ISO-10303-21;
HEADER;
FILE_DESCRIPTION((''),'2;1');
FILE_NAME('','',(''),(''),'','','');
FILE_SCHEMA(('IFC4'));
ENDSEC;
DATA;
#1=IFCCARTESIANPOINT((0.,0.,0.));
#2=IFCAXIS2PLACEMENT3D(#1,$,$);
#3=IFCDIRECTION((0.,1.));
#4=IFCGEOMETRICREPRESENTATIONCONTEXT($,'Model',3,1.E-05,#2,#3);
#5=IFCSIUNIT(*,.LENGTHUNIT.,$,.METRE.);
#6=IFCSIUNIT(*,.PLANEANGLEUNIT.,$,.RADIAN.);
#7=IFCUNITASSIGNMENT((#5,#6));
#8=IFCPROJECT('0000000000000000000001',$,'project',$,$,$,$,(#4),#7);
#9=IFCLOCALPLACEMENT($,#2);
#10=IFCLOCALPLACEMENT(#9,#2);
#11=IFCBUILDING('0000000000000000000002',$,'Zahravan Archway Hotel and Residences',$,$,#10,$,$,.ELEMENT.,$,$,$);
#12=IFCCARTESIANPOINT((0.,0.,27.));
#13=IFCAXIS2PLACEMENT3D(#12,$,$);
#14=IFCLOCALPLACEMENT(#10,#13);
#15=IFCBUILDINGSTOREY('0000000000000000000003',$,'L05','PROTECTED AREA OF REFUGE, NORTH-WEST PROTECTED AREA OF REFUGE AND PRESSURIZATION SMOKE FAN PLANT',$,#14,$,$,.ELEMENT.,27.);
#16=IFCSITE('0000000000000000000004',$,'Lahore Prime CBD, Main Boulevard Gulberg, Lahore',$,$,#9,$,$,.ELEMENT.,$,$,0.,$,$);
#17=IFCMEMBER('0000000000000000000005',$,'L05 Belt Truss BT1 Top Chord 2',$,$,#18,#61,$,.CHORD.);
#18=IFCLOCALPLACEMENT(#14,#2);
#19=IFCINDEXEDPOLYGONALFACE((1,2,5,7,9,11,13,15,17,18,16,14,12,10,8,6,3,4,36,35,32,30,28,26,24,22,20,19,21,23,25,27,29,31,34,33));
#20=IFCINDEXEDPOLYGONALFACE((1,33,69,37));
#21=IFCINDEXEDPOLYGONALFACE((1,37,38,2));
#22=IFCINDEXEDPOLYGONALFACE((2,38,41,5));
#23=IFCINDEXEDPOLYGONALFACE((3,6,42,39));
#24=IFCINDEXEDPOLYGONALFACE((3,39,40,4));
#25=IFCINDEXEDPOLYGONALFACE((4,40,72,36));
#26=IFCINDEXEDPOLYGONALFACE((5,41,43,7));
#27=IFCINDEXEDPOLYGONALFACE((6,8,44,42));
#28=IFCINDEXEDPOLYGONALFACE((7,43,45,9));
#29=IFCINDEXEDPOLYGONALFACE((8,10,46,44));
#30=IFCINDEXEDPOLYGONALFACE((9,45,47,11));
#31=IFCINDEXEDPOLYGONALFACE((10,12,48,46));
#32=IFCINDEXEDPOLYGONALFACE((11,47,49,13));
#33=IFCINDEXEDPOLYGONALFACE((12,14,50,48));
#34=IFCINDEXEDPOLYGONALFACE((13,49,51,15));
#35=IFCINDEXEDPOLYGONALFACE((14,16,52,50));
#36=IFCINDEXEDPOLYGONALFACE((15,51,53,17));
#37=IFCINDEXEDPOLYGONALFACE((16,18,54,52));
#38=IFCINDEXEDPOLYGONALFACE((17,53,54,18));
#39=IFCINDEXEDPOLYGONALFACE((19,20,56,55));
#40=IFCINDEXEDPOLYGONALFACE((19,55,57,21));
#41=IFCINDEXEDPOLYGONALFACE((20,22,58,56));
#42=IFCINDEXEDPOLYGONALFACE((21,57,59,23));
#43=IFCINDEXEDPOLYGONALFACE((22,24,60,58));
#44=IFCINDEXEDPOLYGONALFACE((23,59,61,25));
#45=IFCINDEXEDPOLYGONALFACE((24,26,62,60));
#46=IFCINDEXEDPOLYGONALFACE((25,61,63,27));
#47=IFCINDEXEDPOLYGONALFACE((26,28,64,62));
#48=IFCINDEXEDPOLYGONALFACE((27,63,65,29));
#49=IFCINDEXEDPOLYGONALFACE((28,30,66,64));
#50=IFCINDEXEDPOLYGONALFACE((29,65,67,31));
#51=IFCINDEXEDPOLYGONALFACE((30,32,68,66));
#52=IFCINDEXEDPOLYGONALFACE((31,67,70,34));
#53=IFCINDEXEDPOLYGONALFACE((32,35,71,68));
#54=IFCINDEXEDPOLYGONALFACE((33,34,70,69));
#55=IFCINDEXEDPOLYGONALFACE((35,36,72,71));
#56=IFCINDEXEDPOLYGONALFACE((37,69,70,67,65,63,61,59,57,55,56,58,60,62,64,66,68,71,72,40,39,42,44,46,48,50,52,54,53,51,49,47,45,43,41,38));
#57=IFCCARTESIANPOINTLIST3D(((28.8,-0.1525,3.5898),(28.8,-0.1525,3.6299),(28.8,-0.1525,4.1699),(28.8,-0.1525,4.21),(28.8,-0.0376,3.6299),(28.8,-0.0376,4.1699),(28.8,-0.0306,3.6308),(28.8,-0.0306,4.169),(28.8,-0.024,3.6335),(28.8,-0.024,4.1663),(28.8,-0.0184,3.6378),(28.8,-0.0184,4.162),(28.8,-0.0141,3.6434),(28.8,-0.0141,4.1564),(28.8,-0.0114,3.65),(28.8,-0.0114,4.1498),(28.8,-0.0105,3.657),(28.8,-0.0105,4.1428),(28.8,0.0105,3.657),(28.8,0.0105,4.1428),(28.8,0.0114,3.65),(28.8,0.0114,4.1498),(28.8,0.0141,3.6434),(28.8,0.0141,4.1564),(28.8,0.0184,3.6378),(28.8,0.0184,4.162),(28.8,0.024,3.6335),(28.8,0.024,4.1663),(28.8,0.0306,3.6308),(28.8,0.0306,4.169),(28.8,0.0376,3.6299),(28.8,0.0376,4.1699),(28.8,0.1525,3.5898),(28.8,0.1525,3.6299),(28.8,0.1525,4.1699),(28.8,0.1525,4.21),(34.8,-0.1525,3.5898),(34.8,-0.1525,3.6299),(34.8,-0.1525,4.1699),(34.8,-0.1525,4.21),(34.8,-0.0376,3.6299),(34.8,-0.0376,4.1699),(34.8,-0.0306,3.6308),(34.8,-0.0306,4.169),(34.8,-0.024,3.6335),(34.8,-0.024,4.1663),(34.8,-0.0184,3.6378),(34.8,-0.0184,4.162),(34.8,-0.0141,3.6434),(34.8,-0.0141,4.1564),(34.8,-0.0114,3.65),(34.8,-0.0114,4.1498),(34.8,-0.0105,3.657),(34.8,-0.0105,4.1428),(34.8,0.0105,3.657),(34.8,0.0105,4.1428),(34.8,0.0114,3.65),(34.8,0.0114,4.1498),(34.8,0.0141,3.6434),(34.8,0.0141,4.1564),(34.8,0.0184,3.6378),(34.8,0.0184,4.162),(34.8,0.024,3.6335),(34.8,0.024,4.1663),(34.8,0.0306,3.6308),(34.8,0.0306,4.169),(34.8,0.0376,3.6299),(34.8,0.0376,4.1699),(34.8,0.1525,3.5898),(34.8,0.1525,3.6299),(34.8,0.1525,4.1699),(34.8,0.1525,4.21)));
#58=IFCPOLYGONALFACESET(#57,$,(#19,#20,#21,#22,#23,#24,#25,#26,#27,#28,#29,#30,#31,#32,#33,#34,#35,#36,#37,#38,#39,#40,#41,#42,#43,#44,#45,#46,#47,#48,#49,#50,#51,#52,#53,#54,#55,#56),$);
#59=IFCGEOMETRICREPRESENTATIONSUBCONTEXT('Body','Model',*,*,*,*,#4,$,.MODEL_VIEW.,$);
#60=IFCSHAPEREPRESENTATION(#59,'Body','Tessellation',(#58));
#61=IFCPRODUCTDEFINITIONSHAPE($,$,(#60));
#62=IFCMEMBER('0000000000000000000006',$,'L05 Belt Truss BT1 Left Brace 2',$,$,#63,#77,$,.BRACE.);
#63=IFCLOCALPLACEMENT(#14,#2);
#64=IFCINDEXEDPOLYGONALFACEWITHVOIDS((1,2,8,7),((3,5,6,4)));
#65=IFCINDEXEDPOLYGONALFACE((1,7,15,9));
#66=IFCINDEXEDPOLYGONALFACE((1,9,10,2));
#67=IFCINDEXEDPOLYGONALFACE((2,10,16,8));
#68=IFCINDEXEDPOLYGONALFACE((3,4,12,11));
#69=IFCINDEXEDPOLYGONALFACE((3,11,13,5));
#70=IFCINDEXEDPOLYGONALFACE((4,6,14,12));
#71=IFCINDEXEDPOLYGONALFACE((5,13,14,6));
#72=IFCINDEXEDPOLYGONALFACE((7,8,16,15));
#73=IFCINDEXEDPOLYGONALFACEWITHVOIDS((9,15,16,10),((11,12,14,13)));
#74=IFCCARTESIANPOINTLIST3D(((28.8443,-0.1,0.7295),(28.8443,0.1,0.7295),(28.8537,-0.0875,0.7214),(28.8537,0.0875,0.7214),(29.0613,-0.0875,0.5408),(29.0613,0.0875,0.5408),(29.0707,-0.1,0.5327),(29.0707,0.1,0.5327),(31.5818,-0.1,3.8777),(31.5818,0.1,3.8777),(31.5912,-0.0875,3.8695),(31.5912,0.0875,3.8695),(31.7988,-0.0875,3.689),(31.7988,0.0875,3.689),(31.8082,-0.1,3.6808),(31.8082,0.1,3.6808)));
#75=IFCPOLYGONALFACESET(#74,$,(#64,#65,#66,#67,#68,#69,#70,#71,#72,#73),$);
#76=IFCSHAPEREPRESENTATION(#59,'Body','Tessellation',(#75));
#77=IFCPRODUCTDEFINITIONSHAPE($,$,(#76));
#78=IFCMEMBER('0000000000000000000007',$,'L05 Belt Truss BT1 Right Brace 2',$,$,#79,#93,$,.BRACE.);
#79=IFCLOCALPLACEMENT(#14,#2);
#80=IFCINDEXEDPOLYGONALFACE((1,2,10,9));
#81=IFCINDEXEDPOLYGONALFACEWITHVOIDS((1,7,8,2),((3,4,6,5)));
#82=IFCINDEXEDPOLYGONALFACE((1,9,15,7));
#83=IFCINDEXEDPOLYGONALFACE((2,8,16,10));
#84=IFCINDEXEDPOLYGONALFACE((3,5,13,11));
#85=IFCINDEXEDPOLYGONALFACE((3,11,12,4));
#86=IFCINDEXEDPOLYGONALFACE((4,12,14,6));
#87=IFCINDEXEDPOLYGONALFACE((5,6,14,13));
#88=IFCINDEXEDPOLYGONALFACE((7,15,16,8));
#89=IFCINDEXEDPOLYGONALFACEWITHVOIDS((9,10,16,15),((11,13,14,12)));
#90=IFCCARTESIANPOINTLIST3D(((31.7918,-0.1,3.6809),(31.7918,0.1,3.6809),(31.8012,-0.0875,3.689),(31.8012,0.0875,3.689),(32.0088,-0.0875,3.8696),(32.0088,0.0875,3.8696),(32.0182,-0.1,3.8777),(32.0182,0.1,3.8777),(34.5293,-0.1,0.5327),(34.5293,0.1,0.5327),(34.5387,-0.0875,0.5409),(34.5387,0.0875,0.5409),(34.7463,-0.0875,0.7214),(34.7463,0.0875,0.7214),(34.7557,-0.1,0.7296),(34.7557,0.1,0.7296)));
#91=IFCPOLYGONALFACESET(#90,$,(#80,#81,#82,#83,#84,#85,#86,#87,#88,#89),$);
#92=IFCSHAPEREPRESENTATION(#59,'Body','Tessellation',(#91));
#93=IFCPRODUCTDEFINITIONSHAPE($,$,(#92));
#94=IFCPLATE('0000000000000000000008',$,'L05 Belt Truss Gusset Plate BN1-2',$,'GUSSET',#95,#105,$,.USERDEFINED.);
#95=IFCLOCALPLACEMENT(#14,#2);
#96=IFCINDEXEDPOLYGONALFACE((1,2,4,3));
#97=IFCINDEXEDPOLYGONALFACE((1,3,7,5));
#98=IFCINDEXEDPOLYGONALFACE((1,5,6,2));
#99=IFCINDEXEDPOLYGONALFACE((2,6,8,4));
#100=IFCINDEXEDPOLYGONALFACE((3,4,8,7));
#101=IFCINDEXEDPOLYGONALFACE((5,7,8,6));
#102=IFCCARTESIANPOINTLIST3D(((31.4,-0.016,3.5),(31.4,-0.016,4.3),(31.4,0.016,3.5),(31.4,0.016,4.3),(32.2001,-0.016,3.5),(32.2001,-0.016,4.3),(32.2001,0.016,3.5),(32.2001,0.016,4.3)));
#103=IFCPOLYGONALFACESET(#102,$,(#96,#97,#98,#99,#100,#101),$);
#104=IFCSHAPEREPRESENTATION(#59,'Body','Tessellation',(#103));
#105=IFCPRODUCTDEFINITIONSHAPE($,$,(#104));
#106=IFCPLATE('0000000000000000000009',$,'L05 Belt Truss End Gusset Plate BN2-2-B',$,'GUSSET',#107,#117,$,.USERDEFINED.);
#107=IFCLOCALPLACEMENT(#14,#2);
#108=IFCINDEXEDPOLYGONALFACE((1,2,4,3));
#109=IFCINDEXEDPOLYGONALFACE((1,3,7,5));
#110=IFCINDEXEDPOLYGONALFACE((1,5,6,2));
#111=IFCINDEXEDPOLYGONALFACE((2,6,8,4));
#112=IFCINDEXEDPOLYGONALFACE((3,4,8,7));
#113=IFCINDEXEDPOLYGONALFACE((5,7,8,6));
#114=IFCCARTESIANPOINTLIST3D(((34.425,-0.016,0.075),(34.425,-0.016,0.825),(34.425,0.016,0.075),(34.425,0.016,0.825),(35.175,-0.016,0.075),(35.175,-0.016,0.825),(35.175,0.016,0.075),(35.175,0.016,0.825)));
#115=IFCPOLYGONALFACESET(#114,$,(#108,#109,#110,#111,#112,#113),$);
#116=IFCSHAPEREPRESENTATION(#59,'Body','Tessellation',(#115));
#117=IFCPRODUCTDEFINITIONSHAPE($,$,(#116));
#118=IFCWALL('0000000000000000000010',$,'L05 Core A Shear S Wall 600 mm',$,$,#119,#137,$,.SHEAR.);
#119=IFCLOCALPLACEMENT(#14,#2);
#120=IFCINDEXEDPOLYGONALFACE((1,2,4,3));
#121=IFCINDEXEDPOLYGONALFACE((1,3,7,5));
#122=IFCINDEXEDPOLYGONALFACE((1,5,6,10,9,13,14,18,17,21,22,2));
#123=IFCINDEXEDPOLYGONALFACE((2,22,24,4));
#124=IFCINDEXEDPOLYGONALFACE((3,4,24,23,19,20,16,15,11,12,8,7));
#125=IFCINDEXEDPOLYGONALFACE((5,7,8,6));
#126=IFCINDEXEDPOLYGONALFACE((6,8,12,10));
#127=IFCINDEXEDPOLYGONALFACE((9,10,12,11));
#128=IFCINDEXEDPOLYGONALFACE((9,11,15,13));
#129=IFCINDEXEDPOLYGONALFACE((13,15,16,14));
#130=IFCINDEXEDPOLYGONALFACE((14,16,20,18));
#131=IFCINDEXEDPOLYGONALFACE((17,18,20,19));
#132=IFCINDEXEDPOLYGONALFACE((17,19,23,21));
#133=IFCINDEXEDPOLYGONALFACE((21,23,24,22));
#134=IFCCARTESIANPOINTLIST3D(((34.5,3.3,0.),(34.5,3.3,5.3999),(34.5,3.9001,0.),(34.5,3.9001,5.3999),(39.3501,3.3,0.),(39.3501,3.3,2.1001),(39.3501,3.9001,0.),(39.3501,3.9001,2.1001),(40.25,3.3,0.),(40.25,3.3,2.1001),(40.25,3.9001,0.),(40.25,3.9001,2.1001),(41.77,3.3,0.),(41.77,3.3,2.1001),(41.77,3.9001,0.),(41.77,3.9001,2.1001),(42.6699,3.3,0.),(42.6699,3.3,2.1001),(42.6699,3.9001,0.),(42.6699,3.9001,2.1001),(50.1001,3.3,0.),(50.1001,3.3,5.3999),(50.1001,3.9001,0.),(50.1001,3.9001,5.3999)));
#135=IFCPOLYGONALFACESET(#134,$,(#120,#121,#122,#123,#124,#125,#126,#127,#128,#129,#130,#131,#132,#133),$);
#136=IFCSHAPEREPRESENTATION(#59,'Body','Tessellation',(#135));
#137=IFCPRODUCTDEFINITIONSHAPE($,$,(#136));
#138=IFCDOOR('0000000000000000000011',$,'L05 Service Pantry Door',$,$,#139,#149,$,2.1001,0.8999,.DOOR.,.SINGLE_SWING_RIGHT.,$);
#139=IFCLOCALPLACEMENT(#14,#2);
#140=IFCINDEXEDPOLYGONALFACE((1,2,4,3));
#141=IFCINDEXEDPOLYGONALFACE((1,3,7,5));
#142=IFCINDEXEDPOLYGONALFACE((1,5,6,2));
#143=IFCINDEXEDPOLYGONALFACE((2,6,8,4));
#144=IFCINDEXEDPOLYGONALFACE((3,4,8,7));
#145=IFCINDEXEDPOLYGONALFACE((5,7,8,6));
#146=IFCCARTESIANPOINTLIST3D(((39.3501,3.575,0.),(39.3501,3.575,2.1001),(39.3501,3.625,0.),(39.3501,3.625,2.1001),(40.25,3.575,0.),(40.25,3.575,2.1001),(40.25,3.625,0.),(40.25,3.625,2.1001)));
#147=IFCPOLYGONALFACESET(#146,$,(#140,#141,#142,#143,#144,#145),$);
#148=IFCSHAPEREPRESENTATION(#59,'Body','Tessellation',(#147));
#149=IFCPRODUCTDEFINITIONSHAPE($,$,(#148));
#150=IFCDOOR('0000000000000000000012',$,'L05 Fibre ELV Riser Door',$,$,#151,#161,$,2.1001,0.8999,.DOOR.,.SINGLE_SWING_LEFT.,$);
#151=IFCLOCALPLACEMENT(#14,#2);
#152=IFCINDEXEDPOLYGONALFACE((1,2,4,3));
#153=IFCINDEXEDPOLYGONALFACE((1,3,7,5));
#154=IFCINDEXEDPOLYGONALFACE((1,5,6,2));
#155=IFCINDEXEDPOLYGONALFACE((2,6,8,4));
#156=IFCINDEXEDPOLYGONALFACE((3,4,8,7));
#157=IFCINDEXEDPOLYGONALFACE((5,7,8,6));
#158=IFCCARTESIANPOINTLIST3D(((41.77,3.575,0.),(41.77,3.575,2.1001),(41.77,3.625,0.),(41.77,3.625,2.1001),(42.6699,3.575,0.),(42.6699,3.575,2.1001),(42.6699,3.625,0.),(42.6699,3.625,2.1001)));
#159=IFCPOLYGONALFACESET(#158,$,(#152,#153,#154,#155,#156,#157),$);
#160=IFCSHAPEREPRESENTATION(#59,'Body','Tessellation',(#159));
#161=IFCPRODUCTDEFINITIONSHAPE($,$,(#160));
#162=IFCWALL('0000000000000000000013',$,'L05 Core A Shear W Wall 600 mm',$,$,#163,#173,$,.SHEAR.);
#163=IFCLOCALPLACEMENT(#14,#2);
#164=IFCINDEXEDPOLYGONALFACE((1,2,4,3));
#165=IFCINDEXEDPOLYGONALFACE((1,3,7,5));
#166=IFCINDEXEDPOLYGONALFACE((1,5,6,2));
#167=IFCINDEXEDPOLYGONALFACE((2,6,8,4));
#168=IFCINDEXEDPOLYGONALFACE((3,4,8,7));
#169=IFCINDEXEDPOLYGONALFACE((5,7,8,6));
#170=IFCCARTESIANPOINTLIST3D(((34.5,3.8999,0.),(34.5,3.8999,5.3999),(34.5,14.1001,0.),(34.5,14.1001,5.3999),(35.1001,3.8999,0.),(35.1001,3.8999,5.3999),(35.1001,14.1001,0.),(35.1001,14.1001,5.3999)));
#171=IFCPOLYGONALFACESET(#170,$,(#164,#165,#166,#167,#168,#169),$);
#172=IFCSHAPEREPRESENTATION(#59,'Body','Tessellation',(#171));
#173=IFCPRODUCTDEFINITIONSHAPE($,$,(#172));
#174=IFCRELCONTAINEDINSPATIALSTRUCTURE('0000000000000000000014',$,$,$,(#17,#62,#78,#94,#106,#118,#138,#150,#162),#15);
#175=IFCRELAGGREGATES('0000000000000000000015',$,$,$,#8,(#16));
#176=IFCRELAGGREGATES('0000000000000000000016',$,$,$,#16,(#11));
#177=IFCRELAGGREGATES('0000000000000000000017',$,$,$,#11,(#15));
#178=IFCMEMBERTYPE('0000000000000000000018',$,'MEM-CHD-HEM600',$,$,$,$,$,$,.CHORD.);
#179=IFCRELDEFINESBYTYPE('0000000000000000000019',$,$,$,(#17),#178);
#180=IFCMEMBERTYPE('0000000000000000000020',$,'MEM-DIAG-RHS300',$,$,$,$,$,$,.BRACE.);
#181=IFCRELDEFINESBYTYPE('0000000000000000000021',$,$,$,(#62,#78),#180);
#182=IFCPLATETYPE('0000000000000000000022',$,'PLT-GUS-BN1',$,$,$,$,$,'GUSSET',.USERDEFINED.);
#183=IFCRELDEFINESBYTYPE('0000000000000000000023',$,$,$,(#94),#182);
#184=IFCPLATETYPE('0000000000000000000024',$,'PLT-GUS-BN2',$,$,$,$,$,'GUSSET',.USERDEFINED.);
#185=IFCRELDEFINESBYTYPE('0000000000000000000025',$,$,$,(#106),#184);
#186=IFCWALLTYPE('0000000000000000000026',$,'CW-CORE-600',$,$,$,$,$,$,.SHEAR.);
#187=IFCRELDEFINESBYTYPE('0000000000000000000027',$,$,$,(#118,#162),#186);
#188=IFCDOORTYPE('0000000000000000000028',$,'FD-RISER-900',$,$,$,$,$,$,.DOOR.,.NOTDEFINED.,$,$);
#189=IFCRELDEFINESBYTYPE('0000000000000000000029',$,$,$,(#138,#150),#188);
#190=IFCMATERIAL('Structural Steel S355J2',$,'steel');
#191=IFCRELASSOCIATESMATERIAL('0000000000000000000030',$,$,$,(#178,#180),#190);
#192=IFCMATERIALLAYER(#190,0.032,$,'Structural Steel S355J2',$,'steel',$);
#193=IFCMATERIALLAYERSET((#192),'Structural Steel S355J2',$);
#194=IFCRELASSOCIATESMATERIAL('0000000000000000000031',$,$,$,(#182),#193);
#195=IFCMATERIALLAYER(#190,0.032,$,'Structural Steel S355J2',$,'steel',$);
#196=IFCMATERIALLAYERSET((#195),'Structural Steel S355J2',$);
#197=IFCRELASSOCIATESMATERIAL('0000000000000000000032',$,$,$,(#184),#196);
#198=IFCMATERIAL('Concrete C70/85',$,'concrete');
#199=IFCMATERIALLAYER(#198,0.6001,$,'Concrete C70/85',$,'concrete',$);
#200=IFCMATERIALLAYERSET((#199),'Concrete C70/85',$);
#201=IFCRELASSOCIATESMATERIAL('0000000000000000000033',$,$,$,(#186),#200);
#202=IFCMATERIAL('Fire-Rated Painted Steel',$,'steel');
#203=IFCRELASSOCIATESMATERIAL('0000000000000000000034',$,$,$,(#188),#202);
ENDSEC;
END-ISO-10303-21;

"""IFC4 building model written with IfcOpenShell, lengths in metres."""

from ifc_helpers import new_model, si_unit, direction, frame, frame_2d, origin, origin_2d, place, context, subcontext, project, spatial, rectangle, hollow_rectangle, i_section, extrude, source, transform, mapped, material, layer, layer_set, material_profile, profile_set, type_object, type_shapes, element, fill, save


model = new_model("IFC4")

# Units and contexts
model_context = context("Model", 3, precision=1e-05, world=origin(), true_north=direction((0.0, 1.0)))
body_context = subcontext(model_context, "Body", "Model", "MODEL_VIEW")
ifc_project = project(units=[si_unit("LENGTHUNIT", "METRE"), si_unit("PLANEANGLEUNIT", "RADIAN")], contexts=[model_context])

# Site, building, storey
site_placement = place(None, origin())
site = spatial("IfcSite", under=ifc_project, at=site_placement, Name="Lahore Prime CBD, Main Boulevard Gulberg, Lahore", CompositionType="ELEMENT", RefElevation=0.0)
building_placement = place(site_placement, origin())
building = spatial("IfcBuilding", under=site, at=building_placement, Name="Zahravan Archway Hotel and Residences", CompositionType="ELEMENT")
storey_placement = place(building_placement, frame((0.0, 0.0, 27.0)))
storey = spatial("IfcBuildingStorey", under=building, at=storey_placement, Name="L05", Description="PROTECTED AREA OF REFUGE, NORTH-WEST PROTECTED AREA OF REFUGE AND PRESSURIZATION SMOKE FAN PLANT", CompositionType="ELEMENT", Elevation=27.0)

# Shared definitions
ifc_material_1 = material(Name="Concrete C70/85", Category="concrete")

# Members
ifc_material_2 = material(Name="Structural Steel S355J2", Category="steel")
ifc_material_profile_1 = material_profile(ifc_material_2, i_section(OverallWidth=0.3049, OverallDepth=0.6201, WebThickness=0.021, FlangeThickness=0.04, FilletRadius=0.0271, at=origin_2d()), Name="HEM 600", Category="steel")
ifc_profile_set_1 = profile_set([ifc_material_profile_1], Name="Structural Steel S355J2")
member_type_1 = type_object("IfcMemberType", Name="MEM-CHD-HEM600", PredefinedType="CHORD", material=ifc_profile_set_1)
shared_shape_1 = source(origin(), body_context, "Body", "SweptSolid", [
    extrude(i_section(OverallWidth=0.3049, OverallDepth=0.6201, WebThickness=0.021, FlangeThickness=0.04, FilletRadius=0.0271, at=origin_2d()), origin(), (0.0, 0.0, 1.0), 6.0),
])
member_1_placement = place(storey_placement, frame((28.8, 0.0, 3.8999), z_axis=(1.0, 0.0, 0.0), x_axis=(0.0, 1.0, 0.0)))
element("IfcMember", 1, at=member_1_placement, inside=storey, type_object=member_type_1, Name="L05 Belt Truss BT1 Top Chord 2", PredefinedType="CHORD", context=body_context, shape_type="MappedRepresentation", body=[
    mapped(shared_shape_1, transform((0.0, 0.0, 0.0), scale=1.0)),
])
ifc_material_profile_2 = material_profile(ifc_material_2, hollow_rectangle(XDim=0.2, YDim=0.3, WallThickness=0.0125, at=origin_2d()), Name="RHS 300x200x12.5", Category="steel")
ifc_profile_set_2 = profile_set([ifc_material_profile_2], Name="Structural Steel S355J2")
member_type_2 = type_object("IfcMemberType", Name="MEM-DIAG-RHS300", PredefinedType="BRACE", material=ifc_profile_set_2)
shared_shape_2 = source(origin(), body_context, "Body", "SweptSolid", [
    extrude(hollow_rectangle(XDim=0.2, YDim=0.3, WallThickness=0.0125, at=origin_2d()), origin(), (0.0, 0.0, 1.0), 4.1719),
])
for number, where, z_axis, x_axis, name in (
    (2, (28.9575, 0.0, 0.6311), (0.656177, 0.0, 0.754607), (0.0, 1.0, 0.0), "L05 Belt Truss BT1 Left Brace 2"),
    (3, (31.905, 0.0, 3.7793), (0.656177, 0.0, -0.754607), (0.0, 1.0, 0.0), "L05 Belt Truss BT1 Right Brace 2"),
):
    element("IfcMember", number, at=place(storey_placement, frame(where, z_axis=z_axis, x_axis=x_axis)), inside=storey, type_object=member_type_2, Name=name, PredefinedType="BRACE", context=body_context, shape_type="MappedRepresentation", body=[
        mapped(shared_shape_2, transform((0.0, 0.0, 0.0), scale=1.0)),
    ])

# Plates
ifc_layer_1 = layer(ifc_material_2, 0.032, Name="Structural Steel S355J2", Category="steel")
ifc_layer_set_1 = layer_set([ifc_layer_1], Name="Structural Steel S355J2")
plate_type_1 = type_object("IfcPlateType", Name="PLT-GUS-BN1", ElementType="GUSSET", PredefinedType="USERDEFINED", material=ifc_layer_set_1)
shared_shape_3 = source(origin(), body_context, "Body", "SweptSolid", [
    extrude(rectangle(XDim=0.8, YDim=0.032, at=origin_2d()), origin(), (0.0, 0.0, 1.0), 0.8),
])
type_shapes(plate_type_1, [shared_shape_3])
plate_1_placement = place(storey_placement, frame((31.8, 0.0, 3.5), z_axis=(0.0, 0.0, 1.0), x_axis=(1.0, 0.0, 0.0)))
element("IfcPlate", 4, at=plate_1_placement, inside=storey, type_object=plate_type_1, Name="L05 Belt Truss Gusset Plate BN1-2", ObjectType="GUSSET", PredefinedType="USERDEFINED", context=body_context, shape_type="MappedRepresentation", body=[
    mapped(shared_shape_3, transform((0.0, 0.0, 0.0), scale=1.0)),
])
ifc_layer_2 = layer(ifc_material_2, 0.032, Name="Structural Steel S355J2", Category="steel")
ifc_layer_set_2 = layer_set([ifc_layer_2], Name="Structural Steel S355J2")
plate_type_2 = type_object("IfcPlateType", Name="PLT-GUS-BN2", ElementType="GUSSET", PredefinedType="USERDEFINED", material=ifc_layer_set_2)
shared_shape_4 = source(origin(), body_context, "Body", "SweptSolid", [
    extrude(rectangle(XDim=0.75, YDim=0.032, at=origin_2d()), origin(), (0.0, 0.0, 1.0), 0.75),
])
type_shapes(plate_type_2, [shared_shape_4])
plate_2_placement = place(storey_placement, frame((34.8, 0.0, 0.075), z_axis=(0.0, 0.0, 1.0), x_axis=(1.0, 0.0, 0.0)))
element("IfcPlate", 5, at=plate_2_placement, inside=storey, type_object=plate_type_2, Name="L05 Belt Truss End Gusset Plate BN2-2-B", ObjectType="GUSSET", PredefinedType="USERDEFINED", context=body_context, shape_type="MappedRepresentation", body=[
    mapped(shared_shape_4, transform((0.0, 0.0, 0.0), scale=1.0)),
])

# Wall, openings, doors
ifc_layer_3 = layer(ifc_material_1, 0.6001, Name="Concrete C70/85", Category="concrete")
ifc_layer_set_3 = layer_set([ifc_layer_3], Name="Concrete C70/85")
wall_type_1 = type_object("IfcWallType", Name="CW-CORE-600", PredefinedType="SHEAR", material=ifc_layer_set_3)
wall_1_placement = place(storey_placement, frame((34.5, 3.6001, 0.0), z_axis=(0.0, 0.0, 1.0), x_axis=(1.0, 0.0, 0.0)))
wall_1 = element("IfcWall", 6, at=wall_1_placement, inside=storey, type_object=wall_type_1, Name="L05 Core A Shear S Wall 600 mm", PredefinedType="SHEAR", context=body_context, shape_type="SweptSolid", body=[
    extrude(rectangle(XDim=15.6001, YDim=0.6001, at=frame_2d((7.8, 0.0))), origin(), (0.0, 0.0, 1.0), 5.3999),
])
opening_1_placement = place(wall_1_placement, frame((4.8501, 0.0, 0.0)))
opening_1 = element("IfcOpeningElement", 7, at=opening_1_placement, cuts=wall_1, PredefinedType="OPENING", context=body_context, shape_type="SweptSolid", body=[
    extrude(rectangle(XDim=0.8999, YDim=2.1001, at=frame_2d((0.45, 1.05))), frame((0.0, 0.3101, 0.0), z_axis=(0.0, -1.0, 0.0), x_axis=(1.0, 0.0, 0.0)), (0.0, 0.0, 1.0), 0.6201),
])
opening_2_placement = place(wall_1_placement, frame((7.27, 0.0, 0.0)))
opening_2 = element("IfcOpeningElement", 8, at=opening_2_placement, cuts=wall_1, PredefinedType="OPENING", context=body_context, shape_type="SweptSolid", body=[
    extrude(rectangle(XDim=0.8999, YDim=2.1001, at=frame_2d((0.45, 1.05))), frame((0.0, 0.3101, 0.0), z_axis=(0.0, -1.0, 0.0), x_axis=(1.0, 0.0, 0.0)), (0.0, 0.0, 1.0), 0.6201),
])
ifc_material_3 = material(Name="Fire-Rated Painted Steel", Category="steel")
door_type = type_object("IfcDoorType", Name="FD-RISER-900", OperationType="NOTDEFINED", PredefinedType="DOOR", material=ifc_material_3)
shared_shape_5 = source(origin(), body_context, "Body", "SweptSolid", [
    extrude(rectangle(XDim=0.8999, YDim=2.1001, at=frame_2d((0.45, 1.05))), frame((0.0, 0.0249, 0.0), z_axis=(0.0, -1.0, 0.0), x_axis=(1.0, 0.0, 0.0)), (0.0, 0.0, 1.0), 0.05),
])
type_shapes(door_type, [shared_shape_5])
door_1_placement = place(opening_1_placement, origin())
door_1 = element("IfcDoor", 9, at=door_1_placement, inside=storey, type_object=door_type, Name="L05 Service Pantry Door", OperationType="SINGLE_SWING_RIGHT", OverallHeight=2.1001, OverallWidth=0.8999, PredefinedType="DOOR", context=body_context, shape_type="MappedRepresentation", body=[
    mapped(shared_shape_5, transform((0.0, 0.0, 0.0), scale=1.0)),
])
fill(opening_1, door_1)
door_2_placement = place(opening_2_placement, origin())
door_2 = element("IfcDoor", 10, at=door_2_placement, inside=storey, type_object=door_type, Name="L05 Fibre ELV Riser Door", OperationType="SINGLE_SWING_LEFT", OverallHeight=2.1001, OverallWidth=0.8999, PredefinedType="DOOR", context=body_context, shape_type="MappedRepresentation", body=[
    mapped(shared_shape_5, transform((0.0, 0.0, 0.0), scale=1.0)),
])
fill(opening_2, door_2)

# Wall
wall_2_placement = place(storey_placement, frame((34.8, 3.8999, 0.0), z_axis=(0.0, 0.0, 1.0), x_axis=(0.0, 1.0, 0.0)))
element("IfcWall", 11, at=wall_2_placement, inside=storey, type_object=wall_type_1, Name="L05 Core A Shear W Wall 600 mm", PredefinedType="SHEAR", context=body_context, shape_type="SweptSolid", body=[
    extrude(rectangle(XDim=10.2002, YDim=0.6001, at=frame_2d((5.1001, 0.0))), origin(), (0.0, 0.0, 1.0), 5.3999),
])

save(model, "model.ifc")
